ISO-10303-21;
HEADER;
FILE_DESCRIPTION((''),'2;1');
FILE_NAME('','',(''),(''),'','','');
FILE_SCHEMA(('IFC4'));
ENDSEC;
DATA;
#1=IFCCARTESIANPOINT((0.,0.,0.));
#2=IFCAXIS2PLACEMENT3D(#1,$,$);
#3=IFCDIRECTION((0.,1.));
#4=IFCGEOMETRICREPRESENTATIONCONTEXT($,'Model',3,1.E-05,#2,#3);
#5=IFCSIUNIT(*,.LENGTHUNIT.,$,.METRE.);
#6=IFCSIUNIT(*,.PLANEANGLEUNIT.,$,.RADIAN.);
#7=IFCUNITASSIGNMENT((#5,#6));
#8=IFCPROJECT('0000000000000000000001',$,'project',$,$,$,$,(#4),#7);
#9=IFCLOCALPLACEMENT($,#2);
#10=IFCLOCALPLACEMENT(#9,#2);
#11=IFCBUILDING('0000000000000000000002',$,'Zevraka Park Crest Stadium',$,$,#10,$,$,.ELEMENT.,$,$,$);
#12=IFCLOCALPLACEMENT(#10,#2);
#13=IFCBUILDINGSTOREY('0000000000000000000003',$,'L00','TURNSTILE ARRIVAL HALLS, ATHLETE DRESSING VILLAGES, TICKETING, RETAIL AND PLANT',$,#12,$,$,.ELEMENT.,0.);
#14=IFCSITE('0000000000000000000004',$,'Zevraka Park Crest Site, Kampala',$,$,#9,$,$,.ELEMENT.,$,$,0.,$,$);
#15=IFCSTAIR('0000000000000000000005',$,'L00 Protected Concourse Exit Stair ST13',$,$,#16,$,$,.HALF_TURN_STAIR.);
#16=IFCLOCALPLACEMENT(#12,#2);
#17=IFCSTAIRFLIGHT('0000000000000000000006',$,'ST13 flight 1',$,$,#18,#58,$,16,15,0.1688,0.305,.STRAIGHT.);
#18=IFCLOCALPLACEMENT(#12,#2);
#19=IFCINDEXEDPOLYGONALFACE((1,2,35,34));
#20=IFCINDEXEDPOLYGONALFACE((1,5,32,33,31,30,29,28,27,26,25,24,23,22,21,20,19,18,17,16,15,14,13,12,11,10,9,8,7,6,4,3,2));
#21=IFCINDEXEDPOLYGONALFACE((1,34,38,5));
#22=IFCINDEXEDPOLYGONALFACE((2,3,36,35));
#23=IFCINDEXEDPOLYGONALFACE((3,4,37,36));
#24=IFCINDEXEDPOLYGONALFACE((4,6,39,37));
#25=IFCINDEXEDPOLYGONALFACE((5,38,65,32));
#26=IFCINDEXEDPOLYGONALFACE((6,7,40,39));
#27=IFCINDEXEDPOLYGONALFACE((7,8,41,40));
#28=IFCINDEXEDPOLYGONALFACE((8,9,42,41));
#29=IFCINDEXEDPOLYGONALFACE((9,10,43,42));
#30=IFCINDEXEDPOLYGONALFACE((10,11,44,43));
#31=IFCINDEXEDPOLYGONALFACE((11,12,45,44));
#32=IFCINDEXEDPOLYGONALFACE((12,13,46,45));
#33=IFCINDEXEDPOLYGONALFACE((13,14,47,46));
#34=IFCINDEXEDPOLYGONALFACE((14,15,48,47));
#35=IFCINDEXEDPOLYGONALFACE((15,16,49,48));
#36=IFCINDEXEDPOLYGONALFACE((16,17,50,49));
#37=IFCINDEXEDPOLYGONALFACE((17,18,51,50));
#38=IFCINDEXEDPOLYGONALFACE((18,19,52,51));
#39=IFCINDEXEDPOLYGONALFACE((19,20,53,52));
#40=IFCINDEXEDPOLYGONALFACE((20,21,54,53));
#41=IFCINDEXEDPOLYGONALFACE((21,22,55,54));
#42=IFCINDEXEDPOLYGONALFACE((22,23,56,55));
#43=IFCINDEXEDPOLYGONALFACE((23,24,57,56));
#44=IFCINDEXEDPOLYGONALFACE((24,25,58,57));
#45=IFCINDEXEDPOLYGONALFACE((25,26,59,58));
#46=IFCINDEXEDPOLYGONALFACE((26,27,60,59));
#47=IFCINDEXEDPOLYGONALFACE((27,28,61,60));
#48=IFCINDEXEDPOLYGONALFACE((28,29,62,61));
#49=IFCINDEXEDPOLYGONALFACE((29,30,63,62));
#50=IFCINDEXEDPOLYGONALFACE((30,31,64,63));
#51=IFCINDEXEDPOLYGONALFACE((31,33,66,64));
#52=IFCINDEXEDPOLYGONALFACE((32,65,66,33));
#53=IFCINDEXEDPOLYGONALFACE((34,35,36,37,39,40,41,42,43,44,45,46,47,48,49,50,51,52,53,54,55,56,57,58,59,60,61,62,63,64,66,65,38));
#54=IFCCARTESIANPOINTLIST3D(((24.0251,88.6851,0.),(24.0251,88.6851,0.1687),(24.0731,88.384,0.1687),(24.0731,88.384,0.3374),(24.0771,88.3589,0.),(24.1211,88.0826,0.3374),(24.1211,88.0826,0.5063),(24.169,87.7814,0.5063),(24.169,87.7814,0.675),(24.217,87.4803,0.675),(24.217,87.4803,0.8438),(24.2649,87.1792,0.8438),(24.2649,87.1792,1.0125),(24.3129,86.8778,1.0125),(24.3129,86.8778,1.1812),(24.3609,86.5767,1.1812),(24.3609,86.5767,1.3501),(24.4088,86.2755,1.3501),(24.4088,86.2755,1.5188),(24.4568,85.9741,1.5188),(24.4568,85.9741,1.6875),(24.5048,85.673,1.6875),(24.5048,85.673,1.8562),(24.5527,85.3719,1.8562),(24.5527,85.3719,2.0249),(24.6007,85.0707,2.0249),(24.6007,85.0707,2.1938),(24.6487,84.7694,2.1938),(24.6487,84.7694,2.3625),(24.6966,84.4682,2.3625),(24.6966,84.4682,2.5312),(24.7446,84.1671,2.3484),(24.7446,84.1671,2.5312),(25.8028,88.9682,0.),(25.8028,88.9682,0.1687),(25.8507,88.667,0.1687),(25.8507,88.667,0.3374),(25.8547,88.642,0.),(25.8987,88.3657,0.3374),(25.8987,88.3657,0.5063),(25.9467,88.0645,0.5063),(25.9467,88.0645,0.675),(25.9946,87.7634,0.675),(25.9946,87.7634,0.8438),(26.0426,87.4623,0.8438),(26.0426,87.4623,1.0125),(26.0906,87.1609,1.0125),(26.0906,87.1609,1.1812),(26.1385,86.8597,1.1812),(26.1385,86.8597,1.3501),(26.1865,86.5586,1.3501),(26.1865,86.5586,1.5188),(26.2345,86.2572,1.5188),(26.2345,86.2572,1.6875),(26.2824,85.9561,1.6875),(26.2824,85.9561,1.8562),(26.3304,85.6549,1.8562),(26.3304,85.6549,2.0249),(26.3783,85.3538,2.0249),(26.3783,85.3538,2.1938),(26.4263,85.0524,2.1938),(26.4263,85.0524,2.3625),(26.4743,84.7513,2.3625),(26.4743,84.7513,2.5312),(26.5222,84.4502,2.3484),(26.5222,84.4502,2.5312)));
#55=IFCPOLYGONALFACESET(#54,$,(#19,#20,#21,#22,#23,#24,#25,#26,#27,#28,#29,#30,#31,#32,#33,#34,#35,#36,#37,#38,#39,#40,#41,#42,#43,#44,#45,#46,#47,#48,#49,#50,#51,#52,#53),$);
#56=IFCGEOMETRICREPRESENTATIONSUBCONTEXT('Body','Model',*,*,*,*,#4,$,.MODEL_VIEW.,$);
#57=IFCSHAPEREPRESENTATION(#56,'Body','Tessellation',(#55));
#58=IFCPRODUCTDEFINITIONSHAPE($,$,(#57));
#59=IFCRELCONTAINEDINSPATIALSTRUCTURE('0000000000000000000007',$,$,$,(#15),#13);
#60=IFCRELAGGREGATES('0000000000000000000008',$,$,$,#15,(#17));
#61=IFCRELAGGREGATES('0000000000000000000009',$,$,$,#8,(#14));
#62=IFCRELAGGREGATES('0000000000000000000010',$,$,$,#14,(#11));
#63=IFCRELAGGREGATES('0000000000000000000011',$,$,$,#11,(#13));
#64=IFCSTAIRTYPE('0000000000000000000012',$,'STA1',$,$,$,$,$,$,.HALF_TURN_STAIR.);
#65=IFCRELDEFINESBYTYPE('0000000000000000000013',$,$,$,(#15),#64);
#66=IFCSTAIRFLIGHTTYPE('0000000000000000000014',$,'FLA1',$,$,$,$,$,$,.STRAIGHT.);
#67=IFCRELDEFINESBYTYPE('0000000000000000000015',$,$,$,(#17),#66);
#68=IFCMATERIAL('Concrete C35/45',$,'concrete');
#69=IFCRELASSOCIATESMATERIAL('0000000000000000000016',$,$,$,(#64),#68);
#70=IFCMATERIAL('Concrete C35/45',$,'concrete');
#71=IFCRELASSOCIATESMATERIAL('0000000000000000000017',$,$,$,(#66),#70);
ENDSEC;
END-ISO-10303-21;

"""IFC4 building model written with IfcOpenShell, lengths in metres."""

from ifc_helpers import new_model, si_unit, direction, frame, origin, place, context, subcontext, project, spatial, polyline, outline, extrude, material, type_object, element, aggregate, save


model = new_model("IFC4")

# Units and contexts
model_context = context("Model", 3, precision=1e-05, world=origin(), true_north=direction((0.0, 1.0)))
body_context = subcontext(model_context, "Body", "Model", "MODEL_VIEW")
ifc_project = project(units=[si_unit("LENGTHUNIT", "METRE"), si_unit("PLANEANGLEUNIT", "RADIAN")], contexts=[model_context])

# Site, building, storey
site_placement = place(None, origin())
site = spatial("IfcSite", under=ifc_project, at=site_placement, Name="Zevraka Park Crest Site, Kampala", CompositionType="ELEMENT", RefElevation=0.0)
building_placement = place(site_placement, origin())
building = spatial("IfcBuilding", under=site, at=building_placement, Name="Zevraka Park Crest Stadium", CompositionType="ELEMENT")
storey_placement = place(building_placement, origin())
storey = spatial("IfcBuildingStorey", under=building, at=storey_placement, Name="L00", Description="TURNSTILE ARRIVAL HALLS, ATHLETE DRESSING VILLAGES, TICKETING, RETAIL AND PLANT", CompositionType="ELEMENT", Elevation=0.0)

# Stair, stair flight
ifc_material_1 = material(Name="Concrete C35/45", Category="concrete")
stair_type = type_object("IfcStairType", Name="STA1", PredefinedType="HALF_TURN_STAIR", material=ifc_material_1)
stair_placement = place(storey_placement, origin())
stair = element("IfcStair", 1, at=stair_placement, inside=storey, type_object=stair_type, Name="L00 Protected Concourse Exit Stair ST13", PredefinedType="HALF_TURN_STAIR")
ifc_material_2 = material(Name="Concrete C35/45", Category="concrete")
stair_flight_type = type_object("IfcStairFlightType", Name="FLA1", PredefinedType="STRAIGHT", material=ifc_material_2)
stair_flight_placement = place(storey_placement, frame((24.9141, 88.8267, 0.0), z_axis=(0.0, 0.0, 1.0), x_axis=(0.157262, -0.987557, 0.0)))
stair_flight = element("IfcStairFlight", 2, at=stair_flight_placement, type_object=stair_flight_type, Name="ST13 flight 1", NumberOfRisers=16, NumberOfTreads=15, PredefinedType="STRAIGHT", RiserHeight=0.1688, TreadLength=0.305, context=body_context, shape_type="SweptSolid", body=[
    extrude(outline(polyline([(0.0, 0.0), (0.0, 0.1687), (0.3049, 0.1687), (0.3049, 0.3374), (0.6101, 0.3374), (0.6101, 0.5063), (0.915, 0.5063), (0.915, 0.675), (1.22, 0.675), (1.22, 0.8438), (1.5249, 0.8438), (1.5249, 1.0125), (1.8301, 1.0125), (1.8301, 1.1812), (2.135, 1.1812), (2.135, 1.3501), (2.4399, 1.3501), (2.4399, 1.5188), (2.7451, 1.5188), (2.7451, 1.6875), (3.05, 1.6875), (3.05, 1.8562), (3.355, 1.8562), (3.355, 2.0249), (3.6599, 2.0249), (3.6599, 2.1938), (3.9651, 2.1938), (3.9651, 2.3625), (4.27, 2.3625), (4.27, 2.5312), (4.575, 2.5312), (4.575, 2.7), (4.575, 2.3484), (0.3303, 0.0), (0.0, 0.0)])), frame((0.0, 0.8999, 0.0), z_axis=(0.0, -1.0, 0.0), x_axis=(1.0, 0.0, 0.0)), (0.0, 0.0, 1.0), 1.8),
])
aggregate(stair, [stair_flight])

save(model, "model.ifc")
